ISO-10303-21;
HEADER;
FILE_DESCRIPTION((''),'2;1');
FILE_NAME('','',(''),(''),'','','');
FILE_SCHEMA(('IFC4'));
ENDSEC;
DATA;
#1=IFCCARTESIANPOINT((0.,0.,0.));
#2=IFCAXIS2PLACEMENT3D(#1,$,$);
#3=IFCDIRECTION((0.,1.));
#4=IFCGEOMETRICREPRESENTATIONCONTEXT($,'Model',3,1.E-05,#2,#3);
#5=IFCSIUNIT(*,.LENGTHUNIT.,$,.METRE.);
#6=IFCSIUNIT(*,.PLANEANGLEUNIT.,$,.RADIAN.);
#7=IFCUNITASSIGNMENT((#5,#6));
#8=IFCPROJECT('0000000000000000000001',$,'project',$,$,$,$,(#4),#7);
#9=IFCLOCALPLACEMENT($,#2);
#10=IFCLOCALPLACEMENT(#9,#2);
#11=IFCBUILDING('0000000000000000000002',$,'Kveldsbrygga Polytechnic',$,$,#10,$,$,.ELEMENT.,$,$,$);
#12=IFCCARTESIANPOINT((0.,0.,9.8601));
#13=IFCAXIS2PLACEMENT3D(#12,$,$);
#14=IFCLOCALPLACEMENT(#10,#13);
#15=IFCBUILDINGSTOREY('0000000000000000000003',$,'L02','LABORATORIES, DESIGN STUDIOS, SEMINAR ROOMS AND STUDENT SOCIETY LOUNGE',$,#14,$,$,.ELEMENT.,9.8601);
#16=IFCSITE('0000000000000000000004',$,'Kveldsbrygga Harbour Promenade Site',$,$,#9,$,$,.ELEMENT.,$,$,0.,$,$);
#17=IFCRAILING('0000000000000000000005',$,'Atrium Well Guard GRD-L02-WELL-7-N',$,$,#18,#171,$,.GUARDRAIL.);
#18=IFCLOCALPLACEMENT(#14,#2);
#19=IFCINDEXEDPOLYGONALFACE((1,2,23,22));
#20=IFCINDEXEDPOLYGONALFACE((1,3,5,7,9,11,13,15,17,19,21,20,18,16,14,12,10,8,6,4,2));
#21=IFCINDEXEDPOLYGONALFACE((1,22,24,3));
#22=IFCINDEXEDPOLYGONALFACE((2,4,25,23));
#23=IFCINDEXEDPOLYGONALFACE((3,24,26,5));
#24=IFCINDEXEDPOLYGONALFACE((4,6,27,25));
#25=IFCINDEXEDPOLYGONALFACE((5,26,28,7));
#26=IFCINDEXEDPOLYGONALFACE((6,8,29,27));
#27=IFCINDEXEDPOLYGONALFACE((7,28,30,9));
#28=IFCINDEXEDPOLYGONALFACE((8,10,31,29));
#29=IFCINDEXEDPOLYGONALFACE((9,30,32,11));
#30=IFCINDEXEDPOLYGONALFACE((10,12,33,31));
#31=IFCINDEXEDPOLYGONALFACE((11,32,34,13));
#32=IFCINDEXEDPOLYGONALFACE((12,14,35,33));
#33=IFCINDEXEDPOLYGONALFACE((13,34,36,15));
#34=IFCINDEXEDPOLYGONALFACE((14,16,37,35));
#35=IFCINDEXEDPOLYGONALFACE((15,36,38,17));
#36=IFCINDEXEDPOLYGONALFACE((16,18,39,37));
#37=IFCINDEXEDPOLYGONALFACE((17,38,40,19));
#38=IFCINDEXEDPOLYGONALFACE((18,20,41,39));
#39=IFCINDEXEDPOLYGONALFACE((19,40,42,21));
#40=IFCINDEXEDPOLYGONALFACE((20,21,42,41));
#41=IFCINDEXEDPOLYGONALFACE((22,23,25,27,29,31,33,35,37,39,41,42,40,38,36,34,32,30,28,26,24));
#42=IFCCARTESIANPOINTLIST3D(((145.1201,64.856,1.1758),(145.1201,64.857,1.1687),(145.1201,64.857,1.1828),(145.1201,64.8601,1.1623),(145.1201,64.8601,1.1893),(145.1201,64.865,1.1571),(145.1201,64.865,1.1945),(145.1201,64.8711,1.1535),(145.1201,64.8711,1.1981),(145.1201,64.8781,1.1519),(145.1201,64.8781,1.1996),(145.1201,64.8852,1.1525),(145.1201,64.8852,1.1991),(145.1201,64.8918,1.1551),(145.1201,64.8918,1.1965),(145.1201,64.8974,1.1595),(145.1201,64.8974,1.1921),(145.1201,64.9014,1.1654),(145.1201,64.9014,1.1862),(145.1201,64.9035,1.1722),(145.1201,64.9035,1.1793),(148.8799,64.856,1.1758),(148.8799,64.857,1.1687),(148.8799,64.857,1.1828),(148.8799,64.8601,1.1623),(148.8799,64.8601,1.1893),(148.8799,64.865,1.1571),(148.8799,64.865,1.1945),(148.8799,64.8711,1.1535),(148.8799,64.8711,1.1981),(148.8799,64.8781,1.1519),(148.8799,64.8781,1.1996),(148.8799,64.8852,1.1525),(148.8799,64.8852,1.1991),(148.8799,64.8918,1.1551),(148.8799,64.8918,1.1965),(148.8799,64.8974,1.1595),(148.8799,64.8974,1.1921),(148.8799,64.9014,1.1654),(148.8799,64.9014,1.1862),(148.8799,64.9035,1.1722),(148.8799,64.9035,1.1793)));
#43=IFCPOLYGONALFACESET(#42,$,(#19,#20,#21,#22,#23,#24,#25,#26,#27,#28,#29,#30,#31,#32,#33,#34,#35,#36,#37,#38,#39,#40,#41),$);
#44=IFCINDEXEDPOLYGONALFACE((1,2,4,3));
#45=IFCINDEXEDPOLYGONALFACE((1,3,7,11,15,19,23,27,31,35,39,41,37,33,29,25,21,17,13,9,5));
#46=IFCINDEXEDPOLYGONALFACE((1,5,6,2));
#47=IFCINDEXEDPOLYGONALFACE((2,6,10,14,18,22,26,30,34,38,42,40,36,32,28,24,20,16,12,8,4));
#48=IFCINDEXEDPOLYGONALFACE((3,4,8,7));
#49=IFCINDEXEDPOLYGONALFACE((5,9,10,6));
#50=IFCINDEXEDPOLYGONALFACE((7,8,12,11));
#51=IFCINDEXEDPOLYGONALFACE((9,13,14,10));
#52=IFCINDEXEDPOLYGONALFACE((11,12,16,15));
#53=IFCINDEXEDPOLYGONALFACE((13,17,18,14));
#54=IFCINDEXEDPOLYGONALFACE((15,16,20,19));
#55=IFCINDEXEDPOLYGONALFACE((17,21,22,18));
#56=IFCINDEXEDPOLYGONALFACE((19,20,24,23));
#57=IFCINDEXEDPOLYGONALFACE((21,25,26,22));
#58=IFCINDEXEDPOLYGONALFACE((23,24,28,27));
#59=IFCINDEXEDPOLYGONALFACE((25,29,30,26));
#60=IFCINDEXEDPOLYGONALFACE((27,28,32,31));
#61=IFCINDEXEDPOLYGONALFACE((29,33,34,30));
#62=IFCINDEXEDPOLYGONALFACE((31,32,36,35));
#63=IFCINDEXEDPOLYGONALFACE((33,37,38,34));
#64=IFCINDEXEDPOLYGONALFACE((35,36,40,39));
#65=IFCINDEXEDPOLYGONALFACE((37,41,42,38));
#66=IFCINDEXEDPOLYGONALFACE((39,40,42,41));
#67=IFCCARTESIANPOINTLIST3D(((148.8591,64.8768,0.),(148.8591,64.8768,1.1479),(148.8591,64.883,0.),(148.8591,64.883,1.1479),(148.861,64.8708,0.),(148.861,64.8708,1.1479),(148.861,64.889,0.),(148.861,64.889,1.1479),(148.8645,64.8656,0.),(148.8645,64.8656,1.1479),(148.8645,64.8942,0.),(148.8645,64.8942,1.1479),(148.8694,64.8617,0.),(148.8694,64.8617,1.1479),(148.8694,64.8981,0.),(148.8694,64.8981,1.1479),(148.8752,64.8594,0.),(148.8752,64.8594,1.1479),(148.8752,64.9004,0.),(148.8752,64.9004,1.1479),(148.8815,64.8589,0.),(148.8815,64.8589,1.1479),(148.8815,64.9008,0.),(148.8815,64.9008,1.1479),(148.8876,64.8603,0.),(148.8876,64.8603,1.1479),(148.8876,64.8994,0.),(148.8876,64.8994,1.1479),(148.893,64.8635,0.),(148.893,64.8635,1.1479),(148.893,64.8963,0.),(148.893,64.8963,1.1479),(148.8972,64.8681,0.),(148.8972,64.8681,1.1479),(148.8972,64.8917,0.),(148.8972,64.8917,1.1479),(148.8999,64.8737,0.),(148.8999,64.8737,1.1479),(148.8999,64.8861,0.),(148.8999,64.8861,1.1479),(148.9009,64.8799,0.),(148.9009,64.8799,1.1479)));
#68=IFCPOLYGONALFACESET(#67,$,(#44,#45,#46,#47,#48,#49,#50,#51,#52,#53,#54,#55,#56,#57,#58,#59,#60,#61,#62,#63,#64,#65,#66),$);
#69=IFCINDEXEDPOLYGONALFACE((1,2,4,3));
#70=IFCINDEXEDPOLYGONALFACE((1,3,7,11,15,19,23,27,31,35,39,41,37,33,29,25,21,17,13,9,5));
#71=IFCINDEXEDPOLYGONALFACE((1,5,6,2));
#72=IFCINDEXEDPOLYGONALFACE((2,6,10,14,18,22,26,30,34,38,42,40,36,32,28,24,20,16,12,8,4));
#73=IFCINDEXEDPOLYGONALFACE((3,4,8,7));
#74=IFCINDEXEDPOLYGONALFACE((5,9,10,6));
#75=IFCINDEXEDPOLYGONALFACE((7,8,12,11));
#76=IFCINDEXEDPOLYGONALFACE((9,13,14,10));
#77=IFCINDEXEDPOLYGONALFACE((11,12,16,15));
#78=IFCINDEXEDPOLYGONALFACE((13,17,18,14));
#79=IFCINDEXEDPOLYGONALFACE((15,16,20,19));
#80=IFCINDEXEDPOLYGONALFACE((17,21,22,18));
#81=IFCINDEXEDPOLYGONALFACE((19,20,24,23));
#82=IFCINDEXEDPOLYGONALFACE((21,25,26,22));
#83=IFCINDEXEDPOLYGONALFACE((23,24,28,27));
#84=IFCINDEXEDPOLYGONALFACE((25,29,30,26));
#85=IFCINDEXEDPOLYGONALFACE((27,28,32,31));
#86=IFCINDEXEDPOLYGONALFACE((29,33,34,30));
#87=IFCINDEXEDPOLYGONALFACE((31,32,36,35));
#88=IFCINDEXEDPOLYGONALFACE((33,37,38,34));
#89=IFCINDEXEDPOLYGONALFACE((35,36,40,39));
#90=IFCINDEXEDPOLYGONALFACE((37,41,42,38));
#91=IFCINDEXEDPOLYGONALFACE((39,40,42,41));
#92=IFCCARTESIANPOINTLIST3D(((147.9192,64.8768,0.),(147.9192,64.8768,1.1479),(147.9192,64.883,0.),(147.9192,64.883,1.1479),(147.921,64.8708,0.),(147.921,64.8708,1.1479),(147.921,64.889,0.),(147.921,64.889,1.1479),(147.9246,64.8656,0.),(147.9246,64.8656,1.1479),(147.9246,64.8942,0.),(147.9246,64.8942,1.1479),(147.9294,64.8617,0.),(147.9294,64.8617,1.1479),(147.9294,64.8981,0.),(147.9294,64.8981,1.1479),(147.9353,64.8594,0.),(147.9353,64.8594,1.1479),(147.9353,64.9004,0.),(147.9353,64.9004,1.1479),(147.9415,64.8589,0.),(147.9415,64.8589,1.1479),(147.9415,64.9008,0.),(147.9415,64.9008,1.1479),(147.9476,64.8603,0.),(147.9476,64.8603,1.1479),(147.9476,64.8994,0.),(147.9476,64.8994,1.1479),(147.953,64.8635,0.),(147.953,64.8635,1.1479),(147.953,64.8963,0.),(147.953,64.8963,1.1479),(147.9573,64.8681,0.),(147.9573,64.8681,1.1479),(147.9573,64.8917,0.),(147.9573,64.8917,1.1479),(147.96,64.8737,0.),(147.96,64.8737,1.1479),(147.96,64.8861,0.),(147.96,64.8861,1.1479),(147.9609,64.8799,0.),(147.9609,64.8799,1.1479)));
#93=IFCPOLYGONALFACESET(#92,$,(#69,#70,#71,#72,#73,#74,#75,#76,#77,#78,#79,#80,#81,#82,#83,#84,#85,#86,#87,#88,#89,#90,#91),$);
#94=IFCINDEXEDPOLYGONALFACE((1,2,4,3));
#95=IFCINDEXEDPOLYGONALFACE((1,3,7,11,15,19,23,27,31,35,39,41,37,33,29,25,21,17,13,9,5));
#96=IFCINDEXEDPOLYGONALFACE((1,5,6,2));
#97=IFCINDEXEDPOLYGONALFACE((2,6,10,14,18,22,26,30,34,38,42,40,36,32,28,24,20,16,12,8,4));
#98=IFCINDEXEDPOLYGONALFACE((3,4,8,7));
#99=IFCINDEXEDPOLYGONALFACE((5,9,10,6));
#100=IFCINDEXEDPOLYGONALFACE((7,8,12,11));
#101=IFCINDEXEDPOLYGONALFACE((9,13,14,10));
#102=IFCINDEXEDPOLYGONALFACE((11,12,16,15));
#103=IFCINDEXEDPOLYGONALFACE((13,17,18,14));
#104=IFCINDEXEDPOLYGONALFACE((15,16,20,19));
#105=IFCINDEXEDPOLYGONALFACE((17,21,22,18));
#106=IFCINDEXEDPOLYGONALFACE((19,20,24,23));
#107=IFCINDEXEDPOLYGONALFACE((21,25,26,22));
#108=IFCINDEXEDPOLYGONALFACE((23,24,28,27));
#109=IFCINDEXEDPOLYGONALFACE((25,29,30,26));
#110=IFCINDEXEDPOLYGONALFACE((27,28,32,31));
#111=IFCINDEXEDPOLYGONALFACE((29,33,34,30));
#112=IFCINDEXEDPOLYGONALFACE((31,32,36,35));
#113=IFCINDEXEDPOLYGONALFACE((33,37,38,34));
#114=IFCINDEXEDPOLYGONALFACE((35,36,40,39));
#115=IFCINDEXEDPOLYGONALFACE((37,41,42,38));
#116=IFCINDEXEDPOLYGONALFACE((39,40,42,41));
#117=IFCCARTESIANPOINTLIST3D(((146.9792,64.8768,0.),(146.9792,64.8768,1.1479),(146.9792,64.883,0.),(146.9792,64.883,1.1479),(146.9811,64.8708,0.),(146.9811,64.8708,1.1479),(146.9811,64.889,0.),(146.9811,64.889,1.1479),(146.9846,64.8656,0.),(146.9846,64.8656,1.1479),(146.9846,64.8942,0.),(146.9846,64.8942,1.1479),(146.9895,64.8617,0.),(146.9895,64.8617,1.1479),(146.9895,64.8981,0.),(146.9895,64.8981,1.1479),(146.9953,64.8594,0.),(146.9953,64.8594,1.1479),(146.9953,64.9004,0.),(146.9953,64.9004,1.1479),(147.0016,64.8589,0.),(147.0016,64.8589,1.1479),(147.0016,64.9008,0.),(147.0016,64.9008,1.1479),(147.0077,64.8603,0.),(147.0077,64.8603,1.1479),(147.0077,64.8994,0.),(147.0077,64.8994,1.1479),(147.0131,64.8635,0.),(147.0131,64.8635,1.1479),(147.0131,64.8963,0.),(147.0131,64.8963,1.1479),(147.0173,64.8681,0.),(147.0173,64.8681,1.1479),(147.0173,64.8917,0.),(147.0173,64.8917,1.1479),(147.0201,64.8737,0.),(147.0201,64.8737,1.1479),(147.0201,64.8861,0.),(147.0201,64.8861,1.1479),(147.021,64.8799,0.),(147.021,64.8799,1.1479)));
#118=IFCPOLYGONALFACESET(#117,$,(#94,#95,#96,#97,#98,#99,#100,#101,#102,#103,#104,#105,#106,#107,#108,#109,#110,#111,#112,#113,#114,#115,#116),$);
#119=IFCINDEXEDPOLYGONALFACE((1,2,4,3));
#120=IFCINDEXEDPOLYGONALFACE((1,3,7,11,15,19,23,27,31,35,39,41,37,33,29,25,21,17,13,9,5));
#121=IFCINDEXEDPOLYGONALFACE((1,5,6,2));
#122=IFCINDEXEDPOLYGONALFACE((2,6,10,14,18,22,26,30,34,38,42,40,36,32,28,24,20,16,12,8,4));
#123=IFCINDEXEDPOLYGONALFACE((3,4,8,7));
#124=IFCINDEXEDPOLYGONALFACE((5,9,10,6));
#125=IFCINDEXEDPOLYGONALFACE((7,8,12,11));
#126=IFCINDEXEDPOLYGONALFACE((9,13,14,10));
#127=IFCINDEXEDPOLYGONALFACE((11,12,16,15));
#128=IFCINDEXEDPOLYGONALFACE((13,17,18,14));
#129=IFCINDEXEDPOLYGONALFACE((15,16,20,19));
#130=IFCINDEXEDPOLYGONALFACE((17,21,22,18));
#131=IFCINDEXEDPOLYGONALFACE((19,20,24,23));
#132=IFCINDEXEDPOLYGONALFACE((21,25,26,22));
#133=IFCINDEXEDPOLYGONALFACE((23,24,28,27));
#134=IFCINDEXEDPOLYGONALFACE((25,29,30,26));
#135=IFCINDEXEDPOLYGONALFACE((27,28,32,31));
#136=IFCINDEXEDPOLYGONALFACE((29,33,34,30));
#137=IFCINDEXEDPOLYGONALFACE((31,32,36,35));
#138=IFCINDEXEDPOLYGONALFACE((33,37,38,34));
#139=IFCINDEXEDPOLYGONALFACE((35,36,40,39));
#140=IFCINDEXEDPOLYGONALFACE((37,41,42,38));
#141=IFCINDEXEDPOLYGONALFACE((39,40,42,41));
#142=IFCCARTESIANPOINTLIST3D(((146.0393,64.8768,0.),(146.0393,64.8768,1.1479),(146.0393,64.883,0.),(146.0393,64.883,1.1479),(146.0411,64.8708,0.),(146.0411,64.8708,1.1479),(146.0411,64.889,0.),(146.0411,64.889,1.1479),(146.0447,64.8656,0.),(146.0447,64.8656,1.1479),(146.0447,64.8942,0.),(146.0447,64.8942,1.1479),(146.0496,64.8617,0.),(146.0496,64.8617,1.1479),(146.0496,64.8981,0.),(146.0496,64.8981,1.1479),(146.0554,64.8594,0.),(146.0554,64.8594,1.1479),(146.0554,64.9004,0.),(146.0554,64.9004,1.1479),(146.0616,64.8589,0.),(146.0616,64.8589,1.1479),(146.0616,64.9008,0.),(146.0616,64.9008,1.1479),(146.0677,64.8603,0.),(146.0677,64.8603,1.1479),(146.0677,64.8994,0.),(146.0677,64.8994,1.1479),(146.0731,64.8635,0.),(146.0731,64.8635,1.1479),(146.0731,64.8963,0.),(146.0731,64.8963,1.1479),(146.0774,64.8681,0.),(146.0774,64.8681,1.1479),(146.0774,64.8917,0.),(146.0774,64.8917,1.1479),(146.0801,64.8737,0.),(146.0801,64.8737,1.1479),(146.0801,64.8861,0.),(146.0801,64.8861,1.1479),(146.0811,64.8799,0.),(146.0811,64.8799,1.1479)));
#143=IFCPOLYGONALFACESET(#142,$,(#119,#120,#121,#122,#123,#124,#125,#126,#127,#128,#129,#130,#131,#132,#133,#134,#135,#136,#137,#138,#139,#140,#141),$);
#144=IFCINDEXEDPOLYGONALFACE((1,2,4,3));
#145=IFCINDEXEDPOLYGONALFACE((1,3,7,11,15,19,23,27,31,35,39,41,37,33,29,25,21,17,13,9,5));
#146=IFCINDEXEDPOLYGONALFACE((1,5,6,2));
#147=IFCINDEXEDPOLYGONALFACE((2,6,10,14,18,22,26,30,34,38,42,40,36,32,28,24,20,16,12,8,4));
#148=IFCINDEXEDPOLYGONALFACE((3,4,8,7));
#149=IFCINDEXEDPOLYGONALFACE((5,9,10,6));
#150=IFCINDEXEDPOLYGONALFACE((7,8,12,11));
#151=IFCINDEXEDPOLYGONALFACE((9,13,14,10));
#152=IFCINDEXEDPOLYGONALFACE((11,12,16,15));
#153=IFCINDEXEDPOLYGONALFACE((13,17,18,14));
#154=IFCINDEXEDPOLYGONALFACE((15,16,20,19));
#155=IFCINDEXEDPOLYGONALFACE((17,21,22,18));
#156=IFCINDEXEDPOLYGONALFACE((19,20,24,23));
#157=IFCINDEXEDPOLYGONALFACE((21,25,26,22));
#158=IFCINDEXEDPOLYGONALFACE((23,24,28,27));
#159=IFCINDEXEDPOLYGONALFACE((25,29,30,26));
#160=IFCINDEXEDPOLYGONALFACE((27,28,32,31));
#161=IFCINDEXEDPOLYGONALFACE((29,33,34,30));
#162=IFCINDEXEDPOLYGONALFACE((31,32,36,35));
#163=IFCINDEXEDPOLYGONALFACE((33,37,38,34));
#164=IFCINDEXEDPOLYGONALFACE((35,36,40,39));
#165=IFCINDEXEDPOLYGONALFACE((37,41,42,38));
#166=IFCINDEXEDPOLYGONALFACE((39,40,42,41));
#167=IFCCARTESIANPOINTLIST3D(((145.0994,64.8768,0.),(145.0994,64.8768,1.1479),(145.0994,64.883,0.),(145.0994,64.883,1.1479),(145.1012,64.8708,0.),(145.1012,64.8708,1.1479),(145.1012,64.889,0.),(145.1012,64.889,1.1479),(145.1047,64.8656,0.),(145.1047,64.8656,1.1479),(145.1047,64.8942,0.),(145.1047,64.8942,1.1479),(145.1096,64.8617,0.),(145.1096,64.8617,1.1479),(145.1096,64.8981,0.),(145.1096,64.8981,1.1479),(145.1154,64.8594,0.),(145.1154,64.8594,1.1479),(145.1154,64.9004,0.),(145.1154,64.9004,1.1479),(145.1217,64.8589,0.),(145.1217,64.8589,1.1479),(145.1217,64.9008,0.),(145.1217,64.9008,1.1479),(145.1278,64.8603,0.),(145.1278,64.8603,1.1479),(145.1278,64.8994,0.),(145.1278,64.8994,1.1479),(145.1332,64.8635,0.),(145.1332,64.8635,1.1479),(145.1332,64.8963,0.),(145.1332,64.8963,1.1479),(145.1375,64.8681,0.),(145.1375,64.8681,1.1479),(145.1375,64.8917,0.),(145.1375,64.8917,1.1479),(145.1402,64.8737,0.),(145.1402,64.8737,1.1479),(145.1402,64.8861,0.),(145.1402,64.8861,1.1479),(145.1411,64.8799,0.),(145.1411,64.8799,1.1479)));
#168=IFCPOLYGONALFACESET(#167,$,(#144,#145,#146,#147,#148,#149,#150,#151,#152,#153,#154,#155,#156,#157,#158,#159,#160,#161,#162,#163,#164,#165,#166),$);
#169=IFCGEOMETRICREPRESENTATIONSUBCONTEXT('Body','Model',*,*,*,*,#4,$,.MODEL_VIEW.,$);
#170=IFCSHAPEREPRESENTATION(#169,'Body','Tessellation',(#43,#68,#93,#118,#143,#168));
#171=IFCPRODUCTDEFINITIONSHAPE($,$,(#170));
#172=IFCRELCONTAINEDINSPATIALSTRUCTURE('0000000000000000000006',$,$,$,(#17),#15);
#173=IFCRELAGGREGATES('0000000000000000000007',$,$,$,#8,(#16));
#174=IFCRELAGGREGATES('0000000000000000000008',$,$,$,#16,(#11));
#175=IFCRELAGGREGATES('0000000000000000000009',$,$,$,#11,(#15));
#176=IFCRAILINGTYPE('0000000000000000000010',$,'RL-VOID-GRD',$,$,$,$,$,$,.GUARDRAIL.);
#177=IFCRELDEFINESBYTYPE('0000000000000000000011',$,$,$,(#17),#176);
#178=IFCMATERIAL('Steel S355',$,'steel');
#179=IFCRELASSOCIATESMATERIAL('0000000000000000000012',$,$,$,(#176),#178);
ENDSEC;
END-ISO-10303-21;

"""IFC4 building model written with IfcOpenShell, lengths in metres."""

from ifc_helpers import new_model, si_unit, direction, frame, origin, origin_2d, place, context, subcontext, project, spatial, circle, extrude, material, type_object, element, save


model = new_model("IFC4")

# Units and contexts
model_context = context("Model", 3, precision=1e-05, world=origin(), true_north=direction((0.0, 1.0)))
body_context = subcontext(model_context, "Body", "Model", "MODEL_VIEW")
ifc_project = project(units=[si_unit("LENGTHUNIT", "METRE"), si_unit("PLANEANGLEUNIT", "RADIAN")], contexts=[model_context])

# Site, building, storey
site_placement = place(None, origin())
site = spatial("IfcSite", under=ifc_project, at=site_placement, Name="Kveldsbrygga Harbour Promenade Site", CompositionType="ELEMENT", RefElevation=0.0)
building_placement = place(site_placement, origin())
building = spatial("IfcBuilding", under=site, at=building_placement, Name="Kveldsbrygga Polytechnic", CompositionType="ELEMENT")
storey_placement = place(building_placement, frame((0.0, 0.0, 9.8601)))
storey = spatial("IfcBuildingStorey", under=building, at=storey_placement, Name="L02", Description="LABORATORIES, DESIGN STUDIOS, SEMINAR ROOMS AND STUDENT SOCIETY LOUNGE", CompositionType="ELEMENT", Elevation=9.8601)

# Shared definitions
ifc_material_1 = material(Name="Steel S355", Category="steel")

# Railing
railing_type = type_object("IfcRailingType", Name="RL-VOID-GRD", PredefinedType="GUARDRAIL", material=ifc_material_1)
railing_1_placement = place(storey_placement, frame((148.8799, 64.8799, 0.0)))
element("IfcRailing", 1, at=railing_1_placement, inside=storey, type_object=railing_type, Name="Atrium Well Guard GRD-L02-WELL-7-N", PredefinedType="GUARDRAIL", context=body_context, shape_type="SweptSolid", body=[
    extrude(circle(Radius=0.0239, at=origin_2d()), frame((0.0, 0.0, 1.1758), z_axis=(-1.0, 0.0, 0.0), x_axis=(0.0, -1.0, 0.0)), (0.0, 0.0, 1.0), 3.7598),
    extrude(circle(Radius=0.021, at=origin_2d()), origin(), (0.0, 0.0, 1.0), 1.1479),
    extrude(circle(Radius=0.021, at=origin_2d()), frame((-0.9399, 0.0, 0.0)), (0.0, 0.0, 1.0), 1.1479),
    extrude(circle(Radius=0.021, at=origin_2d()), frame((-1.8799, 0.0, 0.0)), (0.0, 0.0, 1.0), 1.1479),
    extrude(circle(Radius=0.021, at=origin_2d()), frame((-2.8198, 0.0, 0.0)), (0.0, 0.0, 1.0), 1.1479),
    extrude(circle(Radius=0.021, at=origin_2d()), frame((-3.7598, 0.0, 0.0)), (0.0, 0.0, 1.0), 1.1479),
])

save(model, "model.ifc")
